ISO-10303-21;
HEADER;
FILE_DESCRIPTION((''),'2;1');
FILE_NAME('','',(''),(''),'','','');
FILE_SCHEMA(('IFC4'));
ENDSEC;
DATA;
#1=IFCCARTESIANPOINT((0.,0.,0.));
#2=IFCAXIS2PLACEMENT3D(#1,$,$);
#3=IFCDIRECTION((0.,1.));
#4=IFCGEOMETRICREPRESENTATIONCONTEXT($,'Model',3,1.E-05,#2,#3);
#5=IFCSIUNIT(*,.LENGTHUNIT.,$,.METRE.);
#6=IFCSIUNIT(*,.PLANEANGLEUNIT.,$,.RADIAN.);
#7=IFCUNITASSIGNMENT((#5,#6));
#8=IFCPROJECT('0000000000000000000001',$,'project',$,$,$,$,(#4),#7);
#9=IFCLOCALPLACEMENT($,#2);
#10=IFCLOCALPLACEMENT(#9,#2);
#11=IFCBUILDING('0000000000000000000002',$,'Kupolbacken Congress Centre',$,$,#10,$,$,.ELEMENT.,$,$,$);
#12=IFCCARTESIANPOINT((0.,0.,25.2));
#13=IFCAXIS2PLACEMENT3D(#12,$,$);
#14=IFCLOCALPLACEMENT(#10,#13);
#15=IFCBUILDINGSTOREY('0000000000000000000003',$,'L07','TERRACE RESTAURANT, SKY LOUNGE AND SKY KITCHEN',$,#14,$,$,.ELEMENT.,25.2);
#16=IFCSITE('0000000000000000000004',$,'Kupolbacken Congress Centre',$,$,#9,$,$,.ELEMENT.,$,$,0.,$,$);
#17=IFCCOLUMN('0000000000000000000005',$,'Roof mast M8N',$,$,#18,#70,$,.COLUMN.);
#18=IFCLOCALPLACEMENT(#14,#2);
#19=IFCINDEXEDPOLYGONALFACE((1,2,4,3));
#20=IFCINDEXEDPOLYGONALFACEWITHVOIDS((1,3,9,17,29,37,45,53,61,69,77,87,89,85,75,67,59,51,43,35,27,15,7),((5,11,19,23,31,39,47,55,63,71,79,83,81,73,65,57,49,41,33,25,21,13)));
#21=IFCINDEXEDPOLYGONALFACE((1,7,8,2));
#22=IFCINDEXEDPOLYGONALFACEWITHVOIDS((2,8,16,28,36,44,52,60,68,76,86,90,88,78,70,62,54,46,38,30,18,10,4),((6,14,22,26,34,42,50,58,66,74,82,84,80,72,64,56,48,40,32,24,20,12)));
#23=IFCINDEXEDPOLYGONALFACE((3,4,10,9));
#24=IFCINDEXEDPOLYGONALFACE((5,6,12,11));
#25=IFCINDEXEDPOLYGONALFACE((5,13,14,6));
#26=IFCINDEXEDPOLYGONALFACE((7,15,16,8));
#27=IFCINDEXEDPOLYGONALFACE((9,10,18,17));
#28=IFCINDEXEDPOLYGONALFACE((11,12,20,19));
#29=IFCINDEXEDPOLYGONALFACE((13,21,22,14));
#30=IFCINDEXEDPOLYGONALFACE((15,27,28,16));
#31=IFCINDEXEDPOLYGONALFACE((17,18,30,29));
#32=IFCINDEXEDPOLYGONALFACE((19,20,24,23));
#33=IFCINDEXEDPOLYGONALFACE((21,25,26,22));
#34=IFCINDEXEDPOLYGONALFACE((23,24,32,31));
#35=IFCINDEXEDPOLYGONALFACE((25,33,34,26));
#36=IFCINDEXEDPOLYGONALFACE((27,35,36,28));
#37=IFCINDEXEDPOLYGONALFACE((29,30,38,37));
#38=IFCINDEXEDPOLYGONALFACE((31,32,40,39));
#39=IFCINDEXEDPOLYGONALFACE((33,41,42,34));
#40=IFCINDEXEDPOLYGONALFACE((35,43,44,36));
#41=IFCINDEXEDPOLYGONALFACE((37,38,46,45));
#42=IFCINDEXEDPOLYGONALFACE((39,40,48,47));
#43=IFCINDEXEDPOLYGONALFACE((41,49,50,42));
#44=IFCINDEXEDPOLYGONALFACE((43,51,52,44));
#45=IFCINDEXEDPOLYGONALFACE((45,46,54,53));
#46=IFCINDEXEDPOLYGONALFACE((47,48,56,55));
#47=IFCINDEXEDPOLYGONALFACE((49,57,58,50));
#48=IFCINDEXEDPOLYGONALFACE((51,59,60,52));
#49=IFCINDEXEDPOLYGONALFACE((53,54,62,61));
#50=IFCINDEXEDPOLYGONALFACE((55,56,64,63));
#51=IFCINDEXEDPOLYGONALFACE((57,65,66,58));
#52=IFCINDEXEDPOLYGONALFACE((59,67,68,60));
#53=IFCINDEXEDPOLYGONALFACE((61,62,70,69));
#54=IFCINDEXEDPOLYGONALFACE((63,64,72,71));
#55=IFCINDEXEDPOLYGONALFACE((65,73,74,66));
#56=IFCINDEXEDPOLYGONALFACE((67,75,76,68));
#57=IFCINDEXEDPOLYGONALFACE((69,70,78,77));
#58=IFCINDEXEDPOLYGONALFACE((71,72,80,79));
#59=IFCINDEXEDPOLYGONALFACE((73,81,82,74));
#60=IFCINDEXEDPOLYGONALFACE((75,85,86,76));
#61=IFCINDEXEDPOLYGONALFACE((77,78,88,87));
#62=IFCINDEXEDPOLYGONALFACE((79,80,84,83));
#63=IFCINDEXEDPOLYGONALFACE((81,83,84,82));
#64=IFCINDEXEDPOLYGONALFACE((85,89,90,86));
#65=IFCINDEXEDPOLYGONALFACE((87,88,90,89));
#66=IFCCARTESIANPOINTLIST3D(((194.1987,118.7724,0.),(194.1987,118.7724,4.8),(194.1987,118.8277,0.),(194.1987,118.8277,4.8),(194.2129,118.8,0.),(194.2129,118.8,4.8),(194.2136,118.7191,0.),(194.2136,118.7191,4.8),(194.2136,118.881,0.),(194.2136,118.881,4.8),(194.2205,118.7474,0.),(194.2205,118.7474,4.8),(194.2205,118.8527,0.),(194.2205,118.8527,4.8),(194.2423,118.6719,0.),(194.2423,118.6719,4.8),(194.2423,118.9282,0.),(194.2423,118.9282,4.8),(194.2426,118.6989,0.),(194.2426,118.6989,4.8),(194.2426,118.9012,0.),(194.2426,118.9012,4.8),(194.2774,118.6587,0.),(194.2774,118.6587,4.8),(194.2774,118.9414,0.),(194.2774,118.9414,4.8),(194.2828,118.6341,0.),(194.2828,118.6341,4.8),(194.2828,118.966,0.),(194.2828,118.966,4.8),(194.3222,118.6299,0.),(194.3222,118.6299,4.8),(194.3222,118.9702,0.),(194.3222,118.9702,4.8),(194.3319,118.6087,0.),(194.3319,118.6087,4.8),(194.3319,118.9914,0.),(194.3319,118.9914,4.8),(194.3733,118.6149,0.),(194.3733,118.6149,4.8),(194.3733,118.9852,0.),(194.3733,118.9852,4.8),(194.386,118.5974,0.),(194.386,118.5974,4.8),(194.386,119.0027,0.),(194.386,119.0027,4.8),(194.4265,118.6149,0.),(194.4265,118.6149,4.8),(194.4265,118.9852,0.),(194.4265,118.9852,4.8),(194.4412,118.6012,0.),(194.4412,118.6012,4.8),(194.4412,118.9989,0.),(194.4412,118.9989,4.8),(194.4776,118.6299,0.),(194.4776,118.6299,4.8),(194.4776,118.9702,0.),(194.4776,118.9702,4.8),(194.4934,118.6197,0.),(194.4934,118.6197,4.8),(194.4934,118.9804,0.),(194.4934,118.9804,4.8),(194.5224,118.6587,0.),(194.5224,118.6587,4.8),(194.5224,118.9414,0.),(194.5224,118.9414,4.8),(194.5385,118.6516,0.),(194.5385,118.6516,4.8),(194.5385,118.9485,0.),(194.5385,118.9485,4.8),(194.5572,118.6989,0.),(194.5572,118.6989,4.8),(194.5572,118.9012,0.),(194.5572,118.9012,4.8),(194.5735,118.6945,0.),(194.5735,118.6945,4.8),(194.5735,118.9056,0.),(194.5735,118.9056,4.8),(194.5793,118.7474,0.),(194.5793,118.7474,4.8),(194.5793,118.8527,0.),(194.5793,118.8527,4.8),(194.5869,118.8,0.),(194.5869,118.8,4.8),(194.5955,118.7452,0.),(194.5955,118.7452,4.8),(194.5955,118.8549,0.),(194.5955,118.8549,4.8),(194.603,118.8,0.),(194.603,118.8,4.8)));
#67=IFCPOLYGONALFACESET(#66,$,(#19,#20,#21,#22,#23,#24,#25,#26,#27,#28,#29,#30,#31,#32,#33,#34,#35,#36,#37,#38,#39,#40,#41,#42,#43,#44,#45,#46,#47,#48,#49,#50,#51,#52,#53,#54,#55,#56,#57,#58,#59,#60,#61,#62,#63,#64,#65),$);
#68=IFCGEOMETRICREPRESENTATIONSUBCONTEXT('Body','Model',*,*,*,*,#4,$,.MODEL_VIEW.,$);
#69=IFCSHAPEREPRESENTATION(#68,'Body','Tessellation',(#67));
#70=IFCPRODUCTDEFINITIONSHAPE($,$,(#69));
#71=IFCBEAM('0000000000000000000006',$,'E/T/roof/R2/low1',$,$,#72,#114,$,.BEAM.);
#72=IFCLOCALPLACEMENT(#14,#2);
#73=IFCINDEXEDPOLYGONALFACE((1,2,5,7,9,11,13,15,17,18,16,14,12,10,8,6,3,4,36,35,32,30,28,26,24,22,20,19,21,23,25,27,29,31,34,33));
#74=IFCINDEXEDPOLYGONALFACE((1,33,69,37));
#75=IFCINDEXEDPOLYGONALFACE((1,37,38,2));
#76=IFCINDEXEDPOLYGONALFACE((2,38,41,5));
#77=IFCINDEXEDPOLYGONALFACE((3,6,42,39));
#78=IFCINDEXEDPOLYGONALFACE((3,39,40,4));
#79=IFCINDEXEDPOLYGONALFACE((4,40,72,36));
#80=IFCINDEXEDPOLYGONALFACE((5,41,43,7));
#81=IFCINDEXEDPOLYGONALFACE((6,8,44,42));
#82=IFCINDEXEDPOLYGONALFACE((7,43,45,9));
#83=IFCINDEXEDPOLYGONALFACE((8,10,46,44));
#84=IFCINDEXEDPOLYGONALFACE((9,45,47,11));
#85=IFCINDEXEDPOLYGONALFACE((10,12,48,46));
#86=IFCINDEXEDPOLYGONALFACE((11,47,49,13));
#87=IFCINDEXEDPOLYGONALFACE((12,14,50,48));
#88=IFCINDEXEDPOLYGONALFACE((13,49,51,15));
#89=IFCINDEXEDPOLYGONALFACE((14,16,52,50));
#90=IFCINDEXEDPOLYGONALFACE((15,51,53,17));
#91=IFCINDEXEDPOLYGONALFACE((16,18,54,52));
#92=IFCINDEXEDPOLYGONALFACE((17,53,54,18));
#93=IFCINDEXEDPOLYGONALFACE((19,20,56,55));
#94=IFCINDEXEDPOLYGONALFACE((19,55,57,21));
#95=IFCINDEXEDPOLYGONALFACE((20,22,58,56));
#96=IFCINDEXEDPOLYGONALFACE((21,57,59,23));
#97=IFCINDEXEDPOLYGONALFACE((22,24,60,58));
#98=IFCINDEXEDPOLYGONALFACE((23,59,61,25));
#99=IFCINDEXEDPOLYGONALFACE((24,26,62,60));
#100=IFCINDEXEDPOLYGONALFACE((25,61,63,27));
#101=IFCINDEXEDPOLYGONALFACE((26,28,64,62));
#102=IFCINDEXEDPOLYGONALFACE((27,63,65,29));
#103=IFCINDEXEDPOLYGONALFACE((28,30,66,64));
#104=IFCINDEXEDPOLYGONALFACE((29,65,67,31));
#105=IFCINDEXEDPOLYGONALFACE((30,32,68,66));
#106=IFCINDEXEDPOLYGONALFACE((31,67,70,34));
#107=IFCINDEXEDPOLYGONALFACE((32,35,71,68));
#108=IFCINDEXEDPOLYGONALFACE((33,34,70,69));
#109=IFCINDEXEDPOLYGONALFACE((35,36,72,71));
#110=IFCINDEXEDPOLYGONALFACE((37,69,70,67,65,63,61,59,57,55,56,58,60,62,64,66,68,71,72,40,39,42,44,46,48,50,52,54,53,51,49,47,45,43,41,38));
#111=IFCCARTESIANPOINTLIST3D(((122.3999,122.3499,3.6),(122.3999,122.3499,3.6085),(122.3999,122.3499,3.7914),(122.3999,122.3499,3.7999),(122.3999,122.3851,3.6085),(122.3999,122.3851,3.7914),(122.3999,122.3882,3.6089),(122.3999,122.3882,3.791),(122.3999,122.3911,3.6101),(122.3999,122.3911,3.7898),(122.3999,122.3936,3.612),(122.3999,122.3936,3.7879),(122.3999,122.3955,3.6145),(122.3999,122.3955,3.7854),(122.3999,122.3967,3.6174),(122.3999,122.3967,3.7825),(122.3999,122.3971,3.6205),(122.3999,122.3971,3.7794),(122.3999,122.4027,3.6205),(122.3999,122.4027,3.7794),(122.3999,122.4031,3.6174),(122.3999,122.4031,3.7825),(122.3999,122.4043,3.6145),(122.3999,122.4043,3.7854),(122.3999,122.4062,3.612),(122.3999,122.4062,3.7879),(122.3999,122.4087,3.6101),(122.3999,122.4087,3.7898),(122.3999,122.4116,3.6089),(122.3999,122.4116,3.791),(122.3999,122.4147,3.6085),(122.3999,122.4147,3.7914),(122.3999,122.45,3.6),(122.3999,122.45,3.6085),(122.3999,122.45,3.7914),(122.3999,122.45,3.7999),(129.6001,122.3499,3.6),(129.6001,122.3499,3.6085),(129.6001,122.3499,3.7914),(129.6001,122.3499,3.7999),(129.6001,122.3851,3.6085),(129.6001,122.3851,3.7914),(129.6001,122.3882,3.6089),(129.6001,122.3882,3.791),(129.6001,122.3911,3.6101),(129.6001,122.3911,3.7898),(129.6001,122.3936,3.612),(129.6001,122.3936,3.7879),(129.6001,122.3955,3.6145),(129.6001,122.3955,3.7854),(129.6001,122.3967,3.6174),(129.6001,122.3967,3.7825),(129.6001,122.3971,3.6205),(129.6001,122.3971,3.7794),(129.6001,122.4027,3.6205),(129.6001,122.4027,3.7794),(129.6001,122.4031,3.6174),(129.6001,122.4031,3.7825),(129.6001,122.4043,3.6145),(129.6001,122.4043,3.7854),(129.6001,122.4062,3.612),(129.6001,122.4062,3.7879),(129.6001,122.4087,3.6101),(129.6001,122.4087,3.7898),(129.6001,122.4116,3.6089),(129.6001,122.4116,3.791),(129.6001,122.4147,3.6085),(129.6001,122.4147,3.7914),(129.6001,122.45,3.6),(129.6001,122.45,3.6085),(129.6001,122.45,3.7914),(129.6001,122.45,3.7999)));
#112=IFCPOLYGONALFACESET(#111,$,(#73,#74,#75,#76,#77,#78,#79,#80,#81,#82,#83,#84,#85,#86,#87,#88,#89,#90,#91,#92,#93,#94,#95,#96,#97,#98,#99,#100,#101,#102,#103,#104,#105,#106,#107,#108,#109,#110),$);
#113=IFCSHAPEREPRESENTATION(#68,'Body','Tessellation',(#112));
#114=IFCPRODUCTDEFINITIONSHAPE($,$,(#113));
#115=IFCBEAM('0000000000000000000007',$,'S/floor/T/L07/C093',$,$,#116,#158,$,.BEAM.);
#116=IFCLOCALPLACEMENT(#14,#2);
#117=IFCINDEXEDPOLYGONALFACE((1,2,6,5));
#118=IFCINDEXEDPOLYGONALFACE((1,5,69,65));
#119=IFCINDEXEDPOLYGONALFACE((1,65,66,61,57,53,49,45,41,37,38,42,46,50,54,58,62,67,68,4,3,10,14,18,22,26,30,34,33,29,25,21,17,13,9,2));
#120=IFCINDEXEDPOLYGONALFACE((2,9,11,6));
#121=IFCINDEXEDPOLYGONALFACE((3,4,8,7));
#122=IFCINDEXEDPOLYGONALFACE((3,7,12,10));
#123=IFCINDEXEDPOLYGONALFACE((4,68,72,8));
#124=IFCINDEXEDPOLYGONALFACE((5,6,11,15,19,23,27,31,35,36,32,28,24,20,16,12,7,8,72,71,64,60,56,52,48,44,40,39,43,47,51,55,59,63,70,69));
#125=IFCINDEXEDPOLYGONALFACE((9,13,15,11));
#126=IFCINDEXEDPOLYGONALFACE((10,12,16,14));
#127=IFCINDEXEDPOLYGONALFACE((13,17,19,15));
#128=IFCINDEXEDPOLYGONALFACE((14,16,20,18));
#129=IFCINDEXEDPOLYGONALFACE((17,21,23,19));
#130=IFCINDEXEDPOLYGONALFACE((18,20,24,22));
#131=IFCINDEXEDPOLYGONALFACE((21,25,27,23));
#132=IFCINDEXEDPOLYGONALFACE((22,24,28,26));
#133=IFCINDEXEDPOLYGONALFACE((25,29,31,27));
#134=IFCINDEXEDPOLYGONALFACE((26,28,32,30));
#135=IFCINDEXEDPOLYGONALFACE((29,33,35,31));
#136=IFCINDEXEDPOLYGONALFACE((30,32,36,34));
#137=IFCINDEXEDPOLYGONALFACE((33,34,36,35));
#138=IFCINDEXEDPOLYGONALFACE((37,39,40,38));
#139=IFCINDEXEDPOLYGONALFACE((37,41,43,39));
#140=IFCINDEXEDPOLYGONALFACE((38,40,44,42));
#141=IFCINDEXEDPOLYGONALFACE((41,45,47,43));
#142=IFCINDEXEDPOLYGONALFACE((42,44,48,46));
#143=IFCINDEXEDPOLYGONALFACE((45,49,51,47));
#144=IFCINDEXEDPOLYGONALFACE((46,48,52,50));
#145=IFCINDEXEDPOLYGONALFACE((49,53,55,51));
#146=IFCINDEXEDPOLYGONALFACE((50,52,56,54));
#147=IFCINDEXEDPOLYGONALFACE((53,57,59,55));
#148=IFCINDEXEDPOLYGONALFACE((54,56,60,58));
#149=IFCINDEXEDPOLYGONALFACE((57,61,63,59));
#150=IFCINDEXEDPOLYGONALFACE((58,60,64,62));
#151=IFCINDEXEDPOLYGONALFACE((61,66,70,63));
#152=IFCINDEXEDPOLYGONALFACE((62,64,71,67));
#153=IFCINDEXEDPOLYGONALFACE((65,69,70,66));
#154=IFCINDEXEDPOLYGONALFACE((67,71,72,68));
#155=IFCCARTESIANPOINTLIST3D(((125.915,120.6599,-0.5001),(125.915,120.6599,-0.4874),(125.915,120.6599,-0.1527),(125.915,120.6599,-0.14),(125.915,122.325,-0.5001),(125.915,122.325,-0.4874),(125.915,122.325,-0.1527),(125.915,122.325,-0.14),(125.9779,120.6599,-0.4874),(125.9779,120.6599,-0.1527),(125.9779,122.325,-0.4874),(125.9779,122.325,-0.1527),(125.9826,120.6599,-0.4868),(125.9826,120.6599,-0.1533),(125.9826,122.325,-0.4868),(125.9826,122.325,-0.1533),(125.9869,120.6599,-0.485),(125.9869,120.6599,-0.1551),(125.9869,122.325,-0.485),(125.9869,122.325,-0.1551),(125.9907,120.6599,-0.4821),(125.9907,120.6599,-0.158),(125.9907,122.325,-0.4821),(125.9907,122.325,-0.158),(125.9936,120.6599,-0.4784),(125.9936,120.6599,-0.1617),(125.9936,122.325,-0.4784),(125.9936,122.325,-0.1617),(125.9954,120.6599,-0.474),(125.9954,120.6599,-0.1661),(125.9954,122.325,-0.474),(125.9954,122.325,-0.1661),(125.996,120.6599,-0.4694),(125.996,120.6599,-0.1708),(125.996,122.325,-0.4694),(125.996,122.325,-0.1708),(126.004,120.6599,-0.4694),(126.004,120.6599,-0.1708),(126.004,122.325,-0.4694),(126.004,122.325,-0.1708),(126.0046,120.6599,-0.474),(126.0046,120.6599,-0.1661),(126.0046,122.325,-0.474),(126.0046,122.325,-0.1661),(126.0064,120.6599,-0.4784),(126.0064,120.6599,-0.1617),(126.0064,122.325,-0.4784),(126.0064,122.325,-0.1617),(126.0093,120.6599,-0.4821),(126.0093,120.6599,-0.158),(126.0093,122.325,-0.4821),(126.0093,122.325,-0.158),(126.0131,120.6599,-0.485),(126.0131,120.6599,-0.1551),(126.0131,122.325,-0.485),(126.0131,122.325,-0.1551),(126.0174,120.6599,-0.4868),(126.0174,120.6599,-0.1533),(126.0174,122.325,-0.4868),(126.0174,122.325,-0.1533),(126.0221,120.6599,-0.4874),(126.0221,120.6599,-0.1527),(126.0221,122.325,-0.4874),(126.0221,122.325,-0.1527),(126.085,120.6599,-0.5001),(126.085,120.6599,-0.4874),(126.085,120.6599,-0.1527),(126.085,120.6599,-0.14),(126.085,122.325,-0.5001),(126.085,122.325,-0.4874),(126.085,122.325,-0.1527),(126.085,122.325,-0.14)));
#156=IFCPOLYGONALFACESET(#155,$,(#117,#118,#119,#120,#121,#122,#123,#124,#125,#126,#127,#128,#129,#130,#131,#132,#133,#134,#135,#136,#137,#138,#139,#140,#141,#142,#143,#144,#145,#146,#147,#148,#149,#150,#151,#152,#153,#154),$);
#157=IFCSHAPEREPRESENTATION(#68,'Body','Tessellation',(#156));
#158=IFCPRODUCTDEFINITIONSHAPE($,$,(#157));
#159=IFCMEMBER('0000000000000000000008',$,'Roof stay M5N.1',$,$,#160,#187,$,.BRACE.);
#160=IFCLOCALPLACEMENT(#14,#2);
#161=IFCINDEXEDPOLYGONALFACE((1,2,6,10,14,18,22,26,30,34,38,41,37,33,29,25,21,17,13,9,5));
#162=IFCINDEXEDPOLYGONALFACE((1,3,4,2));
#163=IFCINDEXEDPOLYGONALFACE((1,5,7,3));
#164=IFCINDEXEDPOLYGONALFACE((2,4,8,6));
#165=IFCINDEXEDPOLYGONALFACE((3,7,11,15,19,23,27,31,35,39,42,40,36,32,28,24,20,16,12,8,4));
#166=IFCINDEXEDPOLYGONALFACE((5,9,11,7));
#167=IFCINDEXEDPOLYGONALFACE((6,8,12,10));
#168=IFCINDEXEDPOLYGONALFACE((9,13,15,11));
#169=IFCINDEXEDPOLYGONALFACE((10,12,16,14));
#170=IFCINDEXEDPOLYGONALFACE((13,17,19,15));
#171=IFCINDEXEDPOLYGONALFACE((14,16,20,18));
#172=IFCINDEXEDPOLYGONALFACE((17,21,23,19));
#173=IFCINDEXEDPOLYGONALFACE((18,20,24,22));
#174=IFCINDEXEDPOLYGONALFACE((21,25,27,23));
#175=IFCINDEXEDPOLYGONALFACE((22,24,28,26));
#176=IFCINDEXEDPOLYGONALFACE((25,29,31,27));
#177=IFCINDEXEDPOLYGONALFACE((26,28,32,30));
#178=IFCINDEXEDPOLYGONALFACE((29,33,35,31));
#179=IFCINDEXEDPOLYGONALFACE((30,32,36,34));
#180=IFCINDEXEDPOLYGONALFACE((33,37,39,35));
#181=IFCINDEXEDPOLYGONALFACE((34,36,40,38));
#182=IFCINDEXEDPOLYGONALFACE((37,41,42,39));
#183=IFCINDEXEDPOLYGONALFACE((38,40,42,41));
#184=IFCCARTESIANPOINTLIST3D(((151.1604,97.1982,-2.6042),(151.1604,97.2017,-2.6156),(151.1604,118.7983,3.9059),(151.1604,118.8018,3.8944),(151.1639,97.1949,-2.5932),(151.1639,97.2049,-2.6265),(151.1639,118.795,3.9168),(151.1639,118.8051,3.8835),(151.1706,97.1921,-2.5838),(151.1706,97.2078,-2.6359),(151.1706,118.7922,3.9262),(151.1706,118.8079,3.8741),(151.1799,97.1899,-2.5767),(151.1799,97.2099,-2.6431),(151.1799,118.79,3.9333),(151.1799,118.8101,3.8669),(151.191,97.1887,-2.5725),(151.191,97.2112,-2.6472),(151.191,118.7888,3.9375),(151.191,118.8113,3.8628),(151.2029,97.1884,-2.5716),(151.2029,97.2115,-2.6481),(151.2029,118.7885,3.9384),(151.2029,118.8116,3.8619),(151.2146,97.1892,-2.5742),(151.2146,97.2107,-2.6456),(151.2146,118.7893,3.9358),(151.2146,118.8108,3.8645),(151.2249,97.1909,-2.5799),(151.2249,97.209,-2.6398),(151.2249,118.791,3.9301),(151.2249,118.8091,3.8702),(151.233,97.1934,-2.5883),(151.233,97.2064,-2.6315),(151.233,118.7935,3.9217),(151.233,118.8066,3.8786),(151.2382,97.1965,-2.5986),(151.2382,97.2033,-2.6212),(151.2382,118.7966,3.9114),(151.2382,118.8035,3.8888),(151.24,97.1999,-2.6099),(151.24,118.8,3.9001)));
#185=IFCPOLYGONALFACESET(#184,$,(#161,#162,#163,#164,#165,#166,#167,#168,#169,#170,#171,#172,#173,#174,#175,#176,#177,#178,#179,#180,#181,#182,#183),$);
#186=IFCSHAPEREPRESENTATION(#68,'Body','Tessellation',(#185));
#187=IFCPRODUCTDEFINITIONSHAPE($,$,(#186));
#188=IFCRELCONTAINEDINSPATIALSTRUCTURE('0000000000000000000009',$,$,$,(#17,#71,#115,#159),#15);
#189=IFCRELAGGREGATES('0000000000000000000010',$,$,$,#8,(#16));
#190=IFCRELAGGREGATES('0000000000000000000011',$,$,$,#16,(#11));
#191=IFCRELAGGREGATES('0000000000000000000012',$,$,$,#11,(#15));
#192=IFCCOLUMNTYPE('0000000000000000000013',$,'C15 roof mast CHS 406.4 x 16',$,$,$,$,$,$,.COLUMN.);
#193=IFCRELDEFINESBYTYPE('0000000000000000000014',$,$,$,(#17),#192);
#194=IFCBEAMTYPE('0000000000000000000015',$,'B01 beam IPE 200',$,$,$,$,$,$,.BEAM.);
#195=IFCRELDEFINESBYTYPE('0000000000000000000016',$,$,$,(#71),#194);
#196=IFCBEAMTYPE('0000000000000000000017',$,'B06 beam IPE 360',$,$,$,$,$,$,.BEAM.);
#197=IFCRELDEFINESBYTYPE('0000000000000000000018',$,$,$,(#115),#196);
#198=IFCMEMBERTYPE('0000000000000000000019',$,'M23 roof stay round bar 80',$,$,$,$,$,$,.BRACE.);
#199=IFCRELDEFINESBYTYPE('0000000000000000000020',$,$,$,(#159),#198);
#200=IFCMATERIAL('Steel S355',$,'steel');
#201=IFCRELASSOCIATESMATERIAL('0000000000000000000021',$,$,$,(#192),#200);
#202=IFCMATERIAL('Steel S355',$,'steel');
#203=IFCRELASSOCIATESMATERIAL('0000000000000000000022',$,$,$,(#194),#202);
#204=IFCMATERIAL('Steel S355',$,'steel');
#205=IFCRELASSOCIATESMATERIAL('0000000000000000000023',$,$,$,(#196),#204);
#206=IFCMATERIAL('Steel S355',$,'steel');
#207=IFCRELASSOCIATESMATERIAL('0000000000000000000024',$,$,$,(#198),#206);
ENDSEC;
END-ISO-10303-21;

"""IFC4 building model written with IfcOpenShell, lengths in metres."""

from ifc_helpers import new_model, si_unit, direction, frame, origin, origin_2d, place, context, subcontext, project, spatial, circle, hollow_circle, i_section, extrude, material, material_profile, profile_set, type_object, element, save


model = new_model("IFC4")

# Units and contexts
model_context = context("Model", 3, precision=1e-05, world=origin(), true_north=direction((0.0, 1.0)))
body_context = subcontext(model_context, "Body", "Model", "MODEL_VIEW")
ifc_project = project(units=[si_unit("LENGTHUNIT", "METRE"), si_unit("PLANEANGLEUNIT", "RADIAN")], contexts=[model_context])

# Site, building, storey
site_placement = place(None, origin())
site = spatial("IfcSite", under=ifc_project, at=site_placement, Name="Kupolbacken Congress Centre", CompositionType="ELEMENT", RefElevation=0.0)
building_placement = place(site_placement, origin())
building = spatial("IfcBuilding", under=site, at=building_placement, Name="Kupolbacken Congress Centre", CompositionType="ELEMENT")
storey_placement = place(building_placement, frame((0.0, 0.0, 25.2)))
storey = spatial("IfcBuildingStorey", under=building, at=storey_placement, Name="L07", Description="TERRACE RESTAURANT, SKY LOUNGE AND SKY KITCHEN", CompositionType="ELEMENT", Elevation=25.2)

# Column
ifc_material_1 = material(Name="Steel S355", Category="steel")
ifc_material_profile_1 = material_profile(ifc_material_1, hollow_circle(Radius=0.2031, WallThickness=0.0161, at=origin_2d()), Name="CHS 406.4 x 16")
ifc_profile_set_1 = profile_set([ifc_material_profile_1], Name="Steel S355")
column_type = type_object("IfcColumnType", Name="C15 roof mast CHS 406.4 x 16", PredefinedType="COLUMN", material=ifc_profile_set_1)
for number, where, z_axis, x_axis, name in (
    (1, (194.3999, 118.8, 0.0), (0.0, 0.0, 1.0), (1.0, 0.0, 0.0), "Roof mast M8N"),
):
    element("IfcColumn", number, at=place(storey_placement, frame(where, z_axis=z_axis, x_axis=x_axis)), inside=storey, type_object=column_type, Name=name, PredefinedType="COLUMN", context=body_context, shape_type="SweptSolid", body=[
        extrude(hollow_circle(Radius=0.2031, WallThickness=0.0161, at=origin_2d()), origin(), (0.0, 0.0, 1.0), 4.8),
    ])

# Beams
ifc_material_2 = material(Name="Steel S355", Category="steel")
ifc_material_profile_2 = material_profile(ifc_material_2, i_section(OverallWidth=0.1001, OverallDepth=0.2, WebThickness=0.0056, FlangeThickness=0.0085, FilletRadius=0.012, at=origin_2d()), Name="IPE 200")
ifc_profile_set_2 = profile_set([ifc_material_profile_2], Name="Steel S355")
beam_type_1 = type_object("IfcBeamType", Name="B01 beam IPE 200", PredefinedType="BEAM", material=ifc_profile_set_2)
beam_1_placement = place(storey_placement, frame((122.3999, 122.3999, 3.7), z_axis=(1.0, 0.0, 0.0), x_axis=(0.0, 1.0, 0.0)))
element("IfcBeam", 2, at=beam_1_placement, inside=storey, type_object=beam_type_1, Name="E/T/roof/R2/low1", PredefinedType="BEAM", context=body_context, shape_type="SweptSolid", body=[
    extrude(i_section(OverallWidth=0.1001, OverallDepth=0.2, WebThickness=0.0056, FlangeThickness=0.0085, FilletRadius=0.012, at=origin_2d()), origin(), (0.0, 0.0, 1.0), 7.2002),
])
ifc_material_3 = material(Name="Steel S355", Category="steel")
ifc_material_profile_3 = material_profile(ifc_material_3, i_section(OverallWidth=0.1699, OverallDepth=0.3601, WebThickness=0.0081, FlangeThickness=0.0127, FilletRadius=0.0181, at=origin_2d()), Name="IPE 360")
ifc_profile_set_3 = profile_set([ifc_material_profile_3], Name="Steel S355")
beam_type_2 = type_object("IfcBeamType", Name="B06 beam IPE 360", PredefinedType="BEAM", material=ifc_profile_set_3)
beam_2_placement = place(storey_placement, frame((126.0, 122.325, -0.3201), z_axis=(0.0, -1.0, 0.0), x_axis=(1.0, 0.0, 0.0)))
element("IfcBeam", 3, at=beam_2_placement, inside=storey, type_object=beam_type_2, Name="S/floor/T/L07/C093", PredefinedType="BEAM", context=body_context, shape_type="SweptSolid", body=[
    extrude(i_section(OverallWidth=0.1699, OverallDepth=0.3601, WebThickness=0.0081, FlangeThickness=0.0127, FilletRadius=0.0181, at=origin_2d()), origin(), (0.0, 0.0, 1.0), 1.665),
])

# Member
ifc_material_4 = material(Name="Steel S355", Category="steel")
ifc_material_profile_4 = material_profile(ifc_material_4, circle(Radius=0.04, at=origin_2d()), Name="RB 80")
ifc_profile_set_4 = profile_set([ifc_material_profile_4], Name="Steel S355")
member_type = type_object("IfcMemberType", Name="M23 roof stay round bar 80", PredefinedType="BRACE", material=ifc_profile_set_4)
member_1_placement = place(storey_placement, frame((151.2, 118.8, 3.9001), z_axis=(0.0, -0.95746, -0.288567), x_axis=(1.0, 0.0, 0.0)))
element("IfcMember", 4, at=member_1_placement, inside=storey, type_object=member_type, Name="Roof stay M5N.1", PredefinedType="BRACE", context=body_context, shape_type="SweptSolid", body=[
    extrude(circle(Radius=0.04, at=origin_2d()), origin(), (0.0, 0.0, 1.0), 22.5598),
])

save(model, "model.ifc")
